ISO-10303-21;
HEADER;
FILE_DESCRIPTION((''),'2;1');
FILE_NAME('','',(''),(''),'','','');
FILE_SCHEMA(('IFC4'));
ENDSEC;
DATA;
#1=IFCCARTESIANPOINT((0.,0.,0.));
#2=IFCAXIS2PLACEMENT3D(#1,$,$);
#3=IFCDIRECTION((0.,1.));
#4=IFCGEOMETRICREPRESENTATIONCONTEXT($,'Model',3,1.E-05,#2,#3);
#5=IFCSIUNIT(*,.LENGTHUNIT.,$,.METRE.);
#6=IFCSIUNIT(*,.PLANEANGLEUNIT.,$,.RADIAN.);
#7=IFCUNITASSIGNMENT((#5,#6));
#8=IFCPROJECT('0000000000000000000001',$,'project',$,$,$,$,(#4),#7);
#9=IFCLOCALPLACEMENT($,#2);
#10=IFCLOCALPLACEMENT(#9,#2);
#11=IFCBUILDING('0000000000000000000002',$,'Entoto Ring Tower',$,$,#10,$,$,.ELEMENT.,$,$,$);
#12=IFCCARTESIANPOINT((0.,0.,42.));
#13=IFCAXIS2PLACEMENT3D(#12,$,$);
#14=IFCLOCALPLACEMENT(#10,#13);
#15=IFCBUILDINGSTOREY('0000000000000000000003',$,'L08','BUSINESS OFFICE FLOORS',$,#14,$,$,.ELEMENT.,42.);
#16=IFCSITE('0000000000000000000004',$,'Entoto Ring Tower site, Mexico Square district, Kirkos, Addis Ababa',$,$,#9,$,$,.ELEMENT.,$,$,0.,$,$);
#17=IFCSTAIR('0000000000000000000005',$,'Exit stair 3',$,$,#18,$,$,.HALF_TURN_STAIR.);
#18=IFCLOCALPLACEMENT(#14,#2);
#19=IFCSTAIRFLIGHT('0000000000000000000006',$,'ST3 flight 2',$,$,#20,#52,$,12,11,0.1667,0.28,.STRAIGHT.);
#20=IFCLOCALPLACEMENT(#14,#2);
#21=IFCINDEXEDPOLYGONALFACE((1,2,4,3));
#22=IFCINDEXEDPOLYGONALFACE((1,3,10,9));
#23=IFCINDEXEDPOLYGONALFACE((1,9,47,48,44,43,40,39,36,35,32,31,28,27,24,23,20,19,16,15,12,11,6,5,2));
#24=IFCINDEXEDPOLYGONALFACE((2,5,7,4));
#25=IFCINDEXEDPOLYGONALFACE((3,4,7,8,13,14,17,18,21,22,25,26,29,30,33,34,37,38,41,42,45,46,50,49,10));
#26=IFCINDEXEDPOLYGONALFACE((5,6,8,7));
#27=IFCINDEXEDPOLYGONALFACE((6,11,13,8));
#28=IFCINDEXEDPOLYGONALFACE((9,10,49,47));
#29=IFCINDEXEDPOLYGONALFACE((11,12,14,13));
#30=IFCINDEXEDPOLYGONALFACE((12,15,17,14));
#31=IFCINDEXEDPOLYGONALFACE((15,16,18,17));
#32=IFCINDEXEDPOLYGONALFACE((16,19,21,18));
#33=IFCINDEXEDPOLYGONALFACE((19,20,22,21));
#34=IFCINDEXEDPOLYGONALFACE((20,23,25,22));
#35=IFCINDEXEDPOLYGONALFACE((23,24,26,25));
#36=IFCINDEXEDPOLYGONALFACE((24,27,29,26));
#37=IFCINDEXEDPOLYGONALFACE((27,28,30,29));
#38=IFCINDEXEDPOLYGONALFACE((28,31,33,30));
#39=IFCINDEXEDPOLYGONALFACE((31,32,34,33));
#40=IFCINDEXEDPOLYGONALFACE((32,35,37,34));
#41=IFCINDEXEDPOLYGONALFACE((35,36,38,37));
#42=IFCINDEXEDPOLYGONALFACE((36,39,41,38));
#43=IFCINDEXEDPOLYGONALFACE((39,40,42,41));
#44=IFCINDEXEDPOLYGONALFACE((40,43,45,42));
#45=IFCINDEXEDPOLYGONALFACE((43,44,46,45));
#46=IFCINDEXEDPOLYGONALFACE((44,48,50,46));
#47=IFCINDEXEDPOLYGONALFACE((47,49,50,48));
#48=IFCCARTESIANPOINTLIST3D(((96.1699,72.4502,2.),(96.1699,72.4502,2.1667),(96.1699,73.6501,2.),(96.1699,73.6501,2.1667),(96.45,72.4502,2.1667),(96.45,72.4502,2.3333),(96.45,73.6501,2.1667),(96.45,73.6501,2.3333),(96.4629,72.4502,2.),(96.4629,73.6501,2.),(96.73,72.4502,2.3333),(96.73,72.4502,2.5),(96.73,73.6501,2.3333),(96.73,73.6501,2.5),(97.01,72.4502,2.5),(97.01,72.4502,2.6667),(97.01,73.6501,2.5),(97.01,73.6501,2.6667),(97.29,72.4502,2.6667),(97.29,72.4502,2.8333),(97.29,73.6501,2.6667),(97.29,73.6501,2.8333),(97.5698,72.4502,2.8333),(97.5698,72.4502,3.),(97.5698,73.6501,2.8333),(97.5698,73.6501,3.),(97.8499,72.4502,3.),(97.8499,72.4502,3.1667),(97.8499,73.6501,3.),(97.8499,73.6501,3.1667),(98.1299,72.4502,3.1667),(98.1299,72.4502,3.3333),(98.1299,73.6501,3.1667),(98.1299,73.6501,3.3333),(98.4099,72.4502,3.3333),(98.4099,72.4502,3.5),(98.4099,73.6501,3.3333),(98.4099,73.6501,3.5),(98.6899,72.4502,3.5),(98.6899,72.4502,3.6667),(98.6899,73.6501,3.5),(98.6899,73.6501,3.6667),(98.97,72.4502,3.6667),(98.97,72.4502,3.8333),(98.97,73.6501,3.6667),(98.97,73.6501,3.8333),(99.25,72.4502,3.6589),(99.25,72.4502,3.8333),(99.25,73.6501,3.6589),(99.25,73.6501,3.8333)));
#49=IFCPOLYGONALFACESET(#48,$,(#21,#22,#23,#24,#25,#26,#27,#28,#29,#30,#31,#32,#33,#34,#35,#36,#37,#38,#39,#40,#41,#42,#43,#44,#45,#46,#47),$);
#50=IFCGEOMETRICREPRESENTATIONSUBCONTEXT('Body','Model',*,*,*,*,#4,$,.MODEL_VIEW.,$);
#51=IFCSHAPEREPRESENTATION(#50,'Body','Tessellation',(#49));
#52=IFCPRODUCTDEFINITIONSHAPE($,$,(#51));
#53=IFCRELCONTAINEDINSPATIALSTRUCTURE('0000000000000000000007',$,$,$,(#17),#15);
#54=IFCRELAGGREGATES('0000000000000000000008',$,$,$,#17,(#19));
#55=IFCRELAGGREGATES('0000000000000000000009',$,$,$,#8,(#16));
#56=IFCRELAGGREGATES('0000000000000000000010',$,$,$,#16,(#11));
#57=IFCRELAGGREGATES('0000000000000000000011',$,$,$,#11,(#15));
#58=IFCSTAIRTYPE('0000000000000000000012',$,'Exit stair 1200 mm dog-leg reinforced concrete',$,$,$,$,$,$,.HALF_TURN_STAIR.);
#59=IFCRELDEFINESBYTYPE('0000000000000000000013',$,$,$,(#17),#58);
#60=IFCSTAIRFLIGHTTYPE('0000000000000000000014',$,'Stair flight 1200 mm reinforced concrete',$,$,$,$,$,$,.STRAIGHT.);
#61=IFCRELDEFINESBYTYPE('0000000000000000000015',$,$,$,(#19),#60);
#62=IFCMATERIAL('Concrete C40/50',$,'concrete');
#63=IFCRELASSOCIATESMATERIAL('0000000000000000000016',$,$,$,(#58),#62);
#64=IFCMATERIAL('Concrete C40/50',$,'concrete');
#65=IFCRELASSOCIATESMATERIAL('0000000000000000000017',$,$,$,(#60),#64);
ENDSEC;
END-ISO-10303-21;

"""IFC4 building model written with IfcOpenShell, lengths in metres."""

from ifc_helpers import new_model, si_unit, direction, frame, origin, place, context, subcontext, project, spatial, polyline, outline, extrude, material, type_object, element, aggregate, save


model = new_model("IFC4")

# Units and contexts
model_context = context("Model", 3, precision=1e-05, world=origin(), true_north=direction((0.0, 1.0)))
body_context = subcontext(model_context, "Body", "Model", "MODEL_VIEW")
ifc_project = project(units=[si_unit("LENGTHUNIT", "METRE"), si_unit("PLANEANGLEUNIT", "RADIAN")], contexts=[model_context])

# Site, building, storey
site_placement = place(None, origin())
site = spatial("IfcSite", under=ifc_project, at=site_placement, Name="Entoto Ring Tower site, Mexico Square district, Kirkos, Addis Ababa", CompositionType="ELEMENT", RefElevation=0.0)
building_placement = place(site_placement, origin())
building = spatial("IfcBuilding", under=site, at=building_placement, Name="Entoto Ring Tower", CompositionType="ELEMENT")
storey_placement = place(building_placement, frame((0.0, 0.0, 42.0)))
storey = spatial("IfcBuildingStorey", under=building, at=storey_placement, Name="L08", Description="BUSINESS OFFICE FLOORS", CompositionType="ELEMENT", Elevation=42.0)

# Stair, stair flight
ifc_material_1 = material(Name="Concrete C40/50", Category="concrete")
stair_type = type_object("IfcStairType", Name="Exit stair 1200 mm dog-leg reinforced concrete", PredefinedType="HALF_TURN_STAIR", material=ifc_material_1)
stair_placement = place(storey_placement, origin())
stair = element("IfcStair", 1, at=stair_placement, inside=storey, type_object=stair_type, Name="Exit stair 3", PredefinedType="HALF_TURN_STAIR")
ifc_material_2 = material(Name="Concrete C40/50", Category="concrete")
stair_flight_type = type_object("IfcStairFlightType", Name="Stair flight 1200 mm reinforced concrete", PredefinedType="STRAIGHT", material=ifc_material_2)
stair_flight_placement = place(storey_placement, frame((96.1699, 73.05, 2.0), z_axis=(0.0, 0.0, 1.0), x_axis=(1.0, 0.0, 0.0)))
stair_flight = element("IfcStairFlight", 2, at=stair_flight_placement, type_object=stair_flight_type, Name="ST3 flight 2", NumberOfRisers=12, NumberOfTreads=11, PredefinedType="STRAIGHT", RiserHeight=0.1667, TreadLength=0.28, context=body_context, shape_type="SweptSolid", body=[
    extrude(outline(polyline([(0.0, 0.0), (0.0, 0.1667), (0.28, 0.1667), (0.28, 0.3333), (0.5601, 0.3333), (0.5601, 0.5), (0.8401, 0.5), (0.8401, 0.6667), (1.1201, 0.6667), (1.1201, 0.8333), (1.3999, 0.8333), (1.3999, 1.0), (1.6799, 1.0), (1.6799, 1.1667), (1.96, 1.1667), (1.96, 1.3333), (2.24, 1.3333), (2.24, 1.5), (2.52, 1.5), (2.52, 1.6667), (2.8, 1.6667), (2.8, 1.8333), (3.0801, 1.8333), (3.0801, 2.0), (3.0801, 1.6589), (0.293, 0.0), (0.0, 0.0)])), frame((0.0, 0.6001, 0.0), z_axis=(0.0, -1.0, 0.0), x_axis=(1.0, 0.0, 0.0)), (0.0, 0.0, 1.0), 1.2),
])
aggregate(stair, [stair_flight])

save(model, "model.ifc")
